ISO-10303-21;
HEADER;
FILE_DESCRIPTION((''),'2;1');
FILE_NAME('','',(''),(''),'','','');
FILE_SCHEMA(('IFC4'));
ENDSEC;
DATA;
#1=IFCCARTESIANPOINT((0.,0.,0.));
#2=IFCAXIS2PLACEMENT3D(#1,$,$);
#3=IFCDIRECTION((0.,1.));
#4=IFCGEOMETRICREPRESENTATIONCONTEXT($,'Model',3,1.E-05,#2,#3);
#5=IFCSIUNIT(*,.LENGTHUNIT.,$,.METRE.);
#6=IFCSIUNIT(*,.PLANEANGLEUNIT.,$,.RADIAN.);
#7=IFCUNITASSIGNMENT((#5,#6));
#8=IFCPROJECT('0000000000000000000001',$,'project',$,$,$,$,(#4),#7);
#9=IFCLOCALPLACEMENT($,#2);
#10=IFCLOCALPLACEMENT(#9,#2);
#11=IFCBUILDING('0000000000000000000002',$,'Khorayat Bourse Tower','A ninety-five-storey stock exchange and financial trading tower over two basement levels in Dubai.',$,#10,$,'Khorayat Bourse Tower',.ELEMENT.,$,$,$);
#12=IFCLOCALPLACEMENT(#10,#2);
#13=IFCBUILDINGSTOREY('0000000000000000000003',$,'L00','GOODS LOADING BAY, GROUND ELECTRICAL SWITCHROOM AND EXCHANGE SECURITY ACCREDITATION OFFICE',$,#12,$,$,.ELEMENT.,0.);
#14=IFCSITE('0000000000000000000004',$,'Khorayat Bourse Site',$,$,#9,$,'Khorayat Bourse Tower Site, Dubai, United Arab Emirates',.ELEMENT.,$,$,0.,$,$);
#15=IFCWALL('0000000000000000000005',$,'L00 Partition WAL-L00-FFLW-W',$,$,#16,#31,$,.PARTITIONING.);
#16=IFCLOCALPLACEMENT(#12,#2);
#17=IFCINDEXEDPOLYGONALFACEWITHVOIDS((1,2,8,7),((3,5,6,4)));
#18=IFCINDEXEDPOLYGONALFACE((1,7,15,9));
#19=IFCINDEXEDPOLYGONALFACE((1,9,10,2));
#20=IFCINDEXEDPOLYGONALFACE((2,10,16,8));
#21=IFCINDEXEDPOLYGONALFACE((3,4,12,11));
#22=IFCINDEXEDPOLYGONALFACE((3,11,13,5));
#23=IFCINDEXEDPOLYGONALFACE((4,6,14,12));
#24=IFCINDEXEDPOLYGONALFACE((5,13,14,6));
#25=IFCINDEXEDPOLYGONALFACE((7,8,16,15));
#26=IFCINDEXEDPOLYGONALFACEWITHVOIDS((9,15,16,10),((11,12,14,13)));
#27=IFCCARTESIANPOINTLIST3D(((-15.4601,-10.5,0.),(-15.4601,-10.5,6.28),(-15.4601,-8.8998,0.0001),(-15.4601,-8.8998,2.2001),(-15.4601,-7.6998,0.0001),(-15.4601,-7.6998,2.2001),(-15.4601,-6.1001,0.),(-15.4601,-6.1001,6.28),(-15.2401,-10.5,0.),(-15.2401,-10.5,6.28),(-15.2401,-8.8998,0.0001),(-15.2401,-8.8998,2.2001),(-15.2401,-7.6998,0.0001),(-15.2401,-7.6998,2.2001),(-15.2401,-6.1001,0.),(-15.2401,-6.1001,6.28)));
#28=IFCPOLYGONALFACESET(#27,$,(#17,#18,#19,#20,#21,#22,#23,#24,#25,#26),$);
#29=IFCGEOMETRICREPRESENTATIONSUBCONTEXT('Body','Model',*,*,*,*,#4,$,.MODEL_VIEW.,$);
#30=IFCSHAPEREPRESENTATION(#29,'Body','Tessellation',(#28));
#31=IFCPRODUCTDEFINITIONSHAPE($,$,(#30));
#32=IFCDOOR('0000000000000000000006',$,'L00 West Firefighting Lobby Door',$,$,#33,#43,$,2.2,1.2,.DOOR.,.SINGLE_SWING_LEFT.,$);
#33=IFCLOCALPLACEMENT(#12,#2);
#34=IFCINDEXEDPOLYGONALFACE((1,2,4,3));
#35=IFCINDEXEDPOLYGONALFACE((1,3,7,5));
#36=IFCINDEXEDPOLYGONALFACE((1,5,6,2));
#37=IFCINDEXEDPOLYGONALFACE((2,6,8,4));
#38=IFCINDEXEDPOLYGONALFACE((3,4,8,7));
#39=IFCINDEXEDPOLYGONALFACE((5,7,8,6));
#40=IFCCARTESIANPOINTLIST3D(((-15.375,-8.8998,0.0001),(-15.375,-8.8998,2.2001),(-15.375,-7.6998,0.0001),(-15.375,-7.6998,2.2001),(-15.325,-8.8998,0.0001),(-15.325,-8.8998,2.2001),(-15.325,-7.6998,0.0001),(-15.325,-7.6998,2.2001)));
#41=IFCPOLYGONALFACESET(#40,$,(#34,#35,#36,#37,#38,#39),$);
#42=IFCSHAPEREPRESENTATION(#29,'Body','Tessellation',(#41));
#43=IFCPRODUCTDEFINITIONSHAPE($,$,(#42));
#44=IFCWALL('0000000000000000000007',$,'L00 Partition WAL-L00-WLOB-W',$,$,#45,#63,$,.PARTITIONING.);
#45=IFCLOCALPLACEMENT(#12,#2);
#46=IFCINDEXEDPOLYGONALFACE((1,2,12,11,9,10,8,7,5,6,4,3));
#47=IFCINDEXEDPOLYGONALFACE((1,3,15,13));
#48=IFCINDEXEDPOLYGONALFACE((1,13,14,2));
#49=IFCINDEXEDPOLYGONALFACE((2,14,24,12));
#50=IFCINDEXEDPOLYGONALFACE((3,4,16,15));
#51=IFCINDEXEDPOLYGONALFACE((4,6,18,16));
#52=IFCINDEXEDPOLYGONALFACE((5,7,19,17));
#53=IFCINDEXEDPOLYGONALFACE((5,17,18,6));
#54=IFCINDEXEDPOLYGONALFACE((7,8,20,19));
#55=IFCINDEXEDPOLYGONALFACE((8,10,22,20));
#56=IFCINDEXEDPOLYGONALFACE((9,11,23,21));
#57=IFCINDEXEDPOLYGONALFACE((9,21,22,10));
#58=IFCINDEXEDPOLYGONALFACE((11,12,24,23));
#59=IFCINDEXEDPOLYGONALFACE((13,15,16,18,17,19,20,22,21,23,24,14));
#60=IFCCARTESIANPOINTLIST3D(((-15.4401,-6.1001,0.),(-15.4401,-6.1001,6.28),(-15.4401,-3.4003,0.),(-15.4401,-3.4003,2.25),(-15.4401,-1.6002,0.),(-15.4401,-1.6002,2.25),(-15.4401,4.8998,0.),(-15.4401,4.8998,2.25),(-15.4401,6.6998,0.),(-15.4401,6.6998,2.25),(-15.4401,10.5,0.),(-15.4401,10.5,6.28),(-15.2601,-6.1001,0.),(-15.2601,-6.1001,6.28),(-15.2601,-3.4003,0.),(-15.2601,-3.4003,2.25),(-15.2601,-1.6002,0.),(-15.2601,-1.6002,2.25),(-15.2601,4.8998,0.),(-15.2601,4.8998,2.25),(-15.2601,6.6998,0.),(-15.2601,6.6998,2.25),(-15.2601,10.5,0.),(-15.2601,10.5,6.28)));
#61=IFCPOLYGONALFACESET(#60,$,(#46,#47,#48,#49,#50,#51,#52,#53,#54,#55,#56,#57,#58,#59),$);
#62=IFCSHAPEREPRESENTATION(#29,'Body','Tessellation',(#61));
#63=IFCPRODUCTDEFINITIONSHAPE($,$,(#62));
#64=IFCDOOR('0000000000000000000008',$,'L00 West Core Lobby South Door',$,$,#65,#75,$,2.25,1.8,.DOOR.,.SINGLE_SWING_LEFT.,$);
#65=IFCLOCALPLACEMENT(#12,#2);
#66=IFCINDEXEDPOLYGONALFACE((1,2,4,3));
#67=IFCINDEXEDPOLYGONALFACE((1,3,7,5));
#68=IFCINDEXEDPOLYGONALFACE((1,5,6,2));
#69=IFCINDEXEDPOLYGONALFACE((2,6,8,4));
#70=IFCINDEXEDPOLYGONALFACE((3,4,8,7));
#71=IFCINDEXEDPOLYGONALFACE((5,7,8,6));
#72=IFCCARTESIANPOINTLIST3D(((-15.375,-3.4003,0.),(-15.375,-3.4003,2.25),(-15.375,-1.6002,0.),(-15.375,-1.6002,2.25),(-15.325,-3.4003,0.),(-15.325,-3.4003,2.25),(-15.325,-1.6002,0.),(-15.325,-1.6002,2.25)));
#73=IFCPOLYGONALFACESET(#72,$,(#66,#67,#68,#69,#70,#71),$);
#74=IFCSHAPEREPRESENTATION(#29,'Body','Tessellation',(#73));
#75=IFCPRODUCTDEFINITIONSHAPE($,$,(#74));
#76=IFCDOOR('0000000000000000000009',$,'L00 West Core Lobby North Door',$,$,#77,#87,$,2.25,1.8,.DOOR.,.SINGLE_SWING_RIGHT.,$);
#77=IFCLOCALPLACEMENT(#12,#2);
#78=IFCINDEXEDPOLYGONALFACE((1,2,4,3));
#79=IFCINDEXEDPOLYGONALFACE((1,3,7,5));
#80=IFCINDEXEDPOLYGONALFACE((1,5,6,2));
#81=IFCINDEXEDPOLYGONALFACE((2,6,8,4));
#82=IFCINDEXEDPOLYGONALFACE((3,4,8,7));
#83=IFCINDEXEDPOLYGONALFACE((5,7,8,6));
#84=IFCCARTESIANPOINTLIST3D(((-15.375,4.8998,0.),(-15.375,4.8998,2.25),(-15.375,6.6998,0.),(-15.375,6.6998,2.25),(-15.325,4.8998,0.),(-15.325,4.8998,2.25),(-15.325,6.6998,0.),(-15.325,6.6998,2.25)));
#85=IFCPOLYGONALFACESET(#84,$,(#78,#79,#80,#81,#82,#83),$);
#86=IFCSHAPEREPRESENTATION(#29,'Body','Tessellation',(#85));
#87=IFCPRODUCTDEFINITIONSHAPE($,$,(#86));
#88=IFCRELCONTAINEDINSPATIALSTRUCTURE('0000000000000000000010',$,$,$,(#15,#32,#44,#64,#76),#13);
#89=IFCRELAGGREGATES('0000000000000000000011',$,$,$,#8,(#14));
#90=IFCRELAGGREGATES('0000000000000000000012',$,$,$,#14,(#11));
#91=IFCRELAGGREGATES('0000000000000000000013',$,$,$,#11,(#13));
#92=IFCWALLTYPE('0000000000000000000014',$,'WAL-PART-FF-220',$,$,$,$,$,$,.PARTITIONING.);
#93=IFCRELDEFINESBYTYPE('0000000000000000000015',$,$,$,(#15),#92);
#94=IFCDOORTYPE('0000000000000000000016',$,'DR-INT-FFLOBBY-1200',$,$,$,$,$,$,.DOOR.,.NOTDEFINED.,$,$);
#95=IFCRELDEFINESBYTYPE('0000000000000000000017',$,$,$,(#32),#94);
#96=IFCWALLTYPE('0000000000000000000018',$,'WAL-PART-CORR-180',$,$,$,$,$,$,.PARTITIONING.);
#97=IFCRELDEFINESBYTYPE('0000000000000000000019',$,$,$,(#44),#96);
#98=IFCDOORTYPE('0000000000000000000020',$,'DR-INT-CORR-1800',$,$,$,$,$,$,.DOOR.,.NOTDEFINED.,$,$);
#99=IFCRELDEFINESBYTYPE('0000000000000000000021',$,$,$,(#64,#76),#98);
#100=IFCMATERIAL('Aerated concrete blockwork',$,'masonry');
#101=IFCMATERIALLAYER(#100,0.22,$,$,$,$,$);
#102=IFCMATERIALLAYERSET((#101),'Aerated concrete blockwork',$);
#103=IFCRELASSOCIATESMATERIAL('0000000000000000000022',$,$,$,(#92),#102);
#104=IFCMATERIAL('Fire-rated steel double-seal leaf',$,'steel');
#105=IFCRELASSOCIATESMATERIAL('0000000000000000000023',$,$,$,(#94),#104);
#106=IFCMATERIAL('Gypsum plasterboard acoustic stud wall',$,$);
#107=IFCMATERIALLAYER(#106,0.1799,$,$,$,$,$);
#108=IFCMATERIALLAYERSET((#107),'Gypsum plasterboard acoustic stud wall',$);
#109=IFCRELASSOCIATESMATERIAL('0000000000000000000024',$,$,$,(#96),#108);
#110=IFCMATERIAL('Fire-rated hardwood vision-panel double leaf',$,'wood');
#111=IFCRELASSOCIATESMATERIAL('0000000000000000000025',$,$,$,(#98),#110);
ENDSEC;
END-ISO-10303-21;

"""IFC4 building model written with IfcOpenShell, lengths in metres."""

from ifc_helpers import new_model, si_unit, direction, frame, frame_2d, origin, place, context, subcontext, project, spatial, rectangle, extrude, source, transform, mapped, material, layer, layer_set, type_object, element, fill, save


model = new_model("IFC4")

# Units and contexts
model_context = context("Model", 3, precision=1e-05, world=origin(), true_north=direction((0.0, 1.0)))
body_context = subcontext(model_context, "Body", "Model", "MODEL_VIEW")
ifc_project = project(units=[si_unit("LENGTHUNIT", "METRE"), si_unit("PLANEANGLEUNIT", "RADIAN")], contexts=[model_context])

# Site, building, storey
site_placement = place(None, origin())
site = spatial("IfcSite", under=ifc_project, at=site_placement, Name="Khorayat Bourse Site", LongName="Khorayat Bourse Tower Site, Dubai, United Arab Emirates", CompositionType="ELEMENT", RefElevation=0.0)
building_placement = place(site_placement, origin())
building = spatial("IfcBuilding", under=site, at=building_placement, Name="Khorayat Bourse Tower", Description="A ninety-five-storey stock exchange and financial trading tower over two basement levels in Dubai.", LongName="Khorayat Bourse Tower", CompositionType="ELEMENT")
storey_placement = place(building_placement, origin())
storey = spatial("IfcBuildingStorey", under=building, at=storey_placement, Name="L00", Description="GOODS LOADING BAY, GROUND ELECTRICAL SWITCHROOM AND EXCHANGE SECURITY ACCREDITATION OFFICE", CompositionType="ELEMENT", Elevation=0.0)

# Shared definitions
ifc_material_1 = material(Name="Aerated concrete blockwork", Category="masonry")
ifc_layer_1 = layer(ifc_material_1, 0.22)
ifc_layer_set_1 = layer_set([ifc_layer_1], Name="Aerated concrete blockwork")
wall_type_1 = type_object("IfcWallType", Name="WAL-PART-FF-220", PredefinedType="PARTITIONING", material=ifc_layer_set_1)

# Wall, opening, door
shared_shape_1 = source(origin(), body_context, "Body", "SweptSolid", [
    extrude(rectangle(XDim=4.3999, YDim=0.22, at=frame_2d((2.2, 0.0))), origin(), (0.0, 0.0, 1.0), 6.28),
])
wall_1_placement = place(storey_placement, frame((-15.3501, -10.5, 0.0), z_axis=(0.0, 0.0, 1.0), x_axis=(0.0, 1.0, 0.0)))
wall_1 = element("IfcWall", 1, at=wall_1_placement, inside=storey, type_object=wall_type_1, Name="L00 Partition WAL-L00-FFLW-W", PredefinedType="PARTITIONING", context=body_context, shape_type="MappedRepresentation", body=[
    mapped(shared_shape_1, transform((0.0, 0.0, 0.0), scale=1.0)),
])
shared_shape_2 = source(origin(), body_context, "Body", "SweptSolid", [
    extrude(rectangle(XDim=1.2, YDim=2.2, at=frame_2d((0.6001, 1.1001))), frame((0.0, 0.1199, 0.0), z_axis=(0.0, -1.0, 0.0), x_axis=(1.0, 0.0, 0.0)), (0.0, 0.0, 1.0), 0.24),
])
opening_1_placement = place(wall_1_placement, frame((1.6001, 0.0, 0.0)))
opening_1 = element("IfcOpeningElement", 2, at=opening_1_placement, cuts=wall_1, PredefinedType="OPENING", context=body_context, shape_type="MappedRepresentation", body=[
    mapped(shared_shape_2, transform((0.0, 0.0, 0.0), scale=1.0)),
])
ifc_material_2 = material(Name="Fire-rated steel double-seal leaf", Category="steel")
door_type_1 = type_object("IfcDoorType", Name="DR-INT-FFLOBBY-1200", OperationType="NOTDEFINED", PredefinedType="DOOR", material=ifc_material_2)
shared_shape_3 = source(origin(), body_context, "Body", "SweptSolid", [
    extrude(rectangle(XDim=1.2, YDim=2.2, at=frame_2d((0.6001, 1.1001))), frame((0.0, 0.0249, 0.0), z_axis=(0.0, -1.0, 0.0), x_axis=(1.0, 0.0, 0.0)), (0.0, 0.0, 1.0), 0.05),
])
door_1_placement = place(opening_1_placement, origin())
door_1 = element("IfcDoor", 3, at=door_1_placement, inside=storey, type_object=door_type_1, Name="L00 West Firefighting Lobby Door", OperationType="SINGLE_SWING_LEFT", OverallHeight=2.2, OverallWidth=1.2, PredefinedType="DOOR", context=body_context, shape_type="MappedRepresentation", body=[
    mapped(shared_shape_3, transform((0.0, 0.0, 0.0), scale=1.0)),
])
fill(opening_1, door_1)

# Wall, openings, doors
ifc_material_3 = material(Name="Gypsum plasterboard acoustic stud wall")
ifc_layer_2 = layer(ifc_material_3, 0.1799)
ifc_layer_set_2 = layer_set([ifc_layer_2], Name="Gypsum plasterboard acoustic stud wall")
wall_type_2 = type_object("IfcWallType", Name="WAL-PART-CORR-180", PredefinedType="PARTITIONING", material=ifc_layer_set_2)
shared_shape_4 = source(origin(), body_context, "Body", "SweptSolid", [
    extrude(rectangle(XDim=16.6001, YDim=0.1799, at=frame_2d((8.3, 0.0))), origin(), (0.0, 0.0, 1.0), 6.28),
])
wall_2_placement = place(storey_placement, frame((-15.3501, -6.1001, 0.0), z_axis=(0.0, 0.0, 1.0), x_axis=(0.0, 1.0, 0.0)))
wall_2 = element("IfcWall", 4, at=wall_2_placement, inside=storey, type_object=wall_type_2, Name="L00 Partition WAL-L00-WLOB-W", PredefinedType="PARTITIONING", context=body_context, shape_type="MappedRepresentation", body=[
    mapped(shared_shape_4, transform((0.0, 0.0, 0.0), scale=1.0)),
])
shared_shape_5 = source(origin(), body_context, "Body", "SweptSolid", [
    extrude(rectangle(XDim=1.8, YDim=2.25, at=frame_2d((0.8999, 1.125))), frame((0.0, 0.0999, 0.0), z_axis=(0.0, -1.0, 0.0), x_axis=(1.0, 0.0, 0.0)), (0.0, 0.0, 1.0), 0.2),
])
opening_2_placement = place(wall_2_placement, frame((2.7, 0.0, 0.0)))
opening_2 = element("IfcOpeningElement", 5, at=opening_2_placement, cuts=wall_2, PredefinedType="OPENING", context=body_context, shape_type="MappedRepresentation", body=[
    mapped(shared_shape_5, transform((0.0, 0.0, 0.0), scale=1.0)),
])
opening_3_placement = place(wall_2_placement, frame((11.0, 0.0, 0.0)))
opening_3 = element("IfcOpeningElement", 6, at=opening_3_placement, cuts=wall_2, PredefinedType="OPENING", context=body_context, shape_type="MappedRepresentation", body=[
    mapped(shared_shape_5, transform((0.0, 0.0, 0.0), scale=1.0)),
])
ifc_material_4 = material(Name="Fire-rated hardwood vision-panel double leaf", Category="wood")
door_type_2 = type_object("IfcDoorType", Name="DR-INT-CORR-1800", OperationType="NOTDEFINED", PredefinedType="DOOR", material=ifc_material_4)
shared_shape_6 = source(origin(), body_context, "Body", "SweptSolid", [
    extrude(rectangle(XDim=1.8, YDim=2.25, at=frame_2d((0.8999, 1.125))), frame((0.0, 0.0249, 0.0), z_axis=(0.0, -1.0, 0.0), x_axis=(1.0, 0.0, 0.0)), (0.0, 0.0, 1.0), 0.05),
])
door_2_placement = place(opening_2_placement, origin())
door_2 = element("IfcDoor", 7, at=door_2_placement, inside=storey, type_object=door_type_2, Name="L00 West Core Lobby South Door", OperationType="SINGLE_SWING_LEFT", OverallHeight=2.25, OverallWidth=1.8, PredefinedType="DOOR", context=body_context, shape_type="MappedRepresentation", body=[
    mapped(shared_shape_6, transform((0.0, 0.0, 0.0), scale=1.0)),
])
fill(opening_2, door_2)
door_3_placement = place(opening_3_placement, origin())
door_3 = element("IfcDoor", 8, at=door_3_placement, inside=storey, type_object=door_type_2, Name="L00 West Core Lobby North Door", OperationType="SINGLE_SWING_RIGHT", OverallHeight=2.25, OverallWidth=1.8, PredefinedType="DOOR", context=body_context, shape_type="MappedRepresentation", body=[
    mapped(shared_shape_6, transform((0.0, 0.0, 0.0), scale=1.0)),
])
fill(opening_3, door_3)

save(model, "model.ifc")
